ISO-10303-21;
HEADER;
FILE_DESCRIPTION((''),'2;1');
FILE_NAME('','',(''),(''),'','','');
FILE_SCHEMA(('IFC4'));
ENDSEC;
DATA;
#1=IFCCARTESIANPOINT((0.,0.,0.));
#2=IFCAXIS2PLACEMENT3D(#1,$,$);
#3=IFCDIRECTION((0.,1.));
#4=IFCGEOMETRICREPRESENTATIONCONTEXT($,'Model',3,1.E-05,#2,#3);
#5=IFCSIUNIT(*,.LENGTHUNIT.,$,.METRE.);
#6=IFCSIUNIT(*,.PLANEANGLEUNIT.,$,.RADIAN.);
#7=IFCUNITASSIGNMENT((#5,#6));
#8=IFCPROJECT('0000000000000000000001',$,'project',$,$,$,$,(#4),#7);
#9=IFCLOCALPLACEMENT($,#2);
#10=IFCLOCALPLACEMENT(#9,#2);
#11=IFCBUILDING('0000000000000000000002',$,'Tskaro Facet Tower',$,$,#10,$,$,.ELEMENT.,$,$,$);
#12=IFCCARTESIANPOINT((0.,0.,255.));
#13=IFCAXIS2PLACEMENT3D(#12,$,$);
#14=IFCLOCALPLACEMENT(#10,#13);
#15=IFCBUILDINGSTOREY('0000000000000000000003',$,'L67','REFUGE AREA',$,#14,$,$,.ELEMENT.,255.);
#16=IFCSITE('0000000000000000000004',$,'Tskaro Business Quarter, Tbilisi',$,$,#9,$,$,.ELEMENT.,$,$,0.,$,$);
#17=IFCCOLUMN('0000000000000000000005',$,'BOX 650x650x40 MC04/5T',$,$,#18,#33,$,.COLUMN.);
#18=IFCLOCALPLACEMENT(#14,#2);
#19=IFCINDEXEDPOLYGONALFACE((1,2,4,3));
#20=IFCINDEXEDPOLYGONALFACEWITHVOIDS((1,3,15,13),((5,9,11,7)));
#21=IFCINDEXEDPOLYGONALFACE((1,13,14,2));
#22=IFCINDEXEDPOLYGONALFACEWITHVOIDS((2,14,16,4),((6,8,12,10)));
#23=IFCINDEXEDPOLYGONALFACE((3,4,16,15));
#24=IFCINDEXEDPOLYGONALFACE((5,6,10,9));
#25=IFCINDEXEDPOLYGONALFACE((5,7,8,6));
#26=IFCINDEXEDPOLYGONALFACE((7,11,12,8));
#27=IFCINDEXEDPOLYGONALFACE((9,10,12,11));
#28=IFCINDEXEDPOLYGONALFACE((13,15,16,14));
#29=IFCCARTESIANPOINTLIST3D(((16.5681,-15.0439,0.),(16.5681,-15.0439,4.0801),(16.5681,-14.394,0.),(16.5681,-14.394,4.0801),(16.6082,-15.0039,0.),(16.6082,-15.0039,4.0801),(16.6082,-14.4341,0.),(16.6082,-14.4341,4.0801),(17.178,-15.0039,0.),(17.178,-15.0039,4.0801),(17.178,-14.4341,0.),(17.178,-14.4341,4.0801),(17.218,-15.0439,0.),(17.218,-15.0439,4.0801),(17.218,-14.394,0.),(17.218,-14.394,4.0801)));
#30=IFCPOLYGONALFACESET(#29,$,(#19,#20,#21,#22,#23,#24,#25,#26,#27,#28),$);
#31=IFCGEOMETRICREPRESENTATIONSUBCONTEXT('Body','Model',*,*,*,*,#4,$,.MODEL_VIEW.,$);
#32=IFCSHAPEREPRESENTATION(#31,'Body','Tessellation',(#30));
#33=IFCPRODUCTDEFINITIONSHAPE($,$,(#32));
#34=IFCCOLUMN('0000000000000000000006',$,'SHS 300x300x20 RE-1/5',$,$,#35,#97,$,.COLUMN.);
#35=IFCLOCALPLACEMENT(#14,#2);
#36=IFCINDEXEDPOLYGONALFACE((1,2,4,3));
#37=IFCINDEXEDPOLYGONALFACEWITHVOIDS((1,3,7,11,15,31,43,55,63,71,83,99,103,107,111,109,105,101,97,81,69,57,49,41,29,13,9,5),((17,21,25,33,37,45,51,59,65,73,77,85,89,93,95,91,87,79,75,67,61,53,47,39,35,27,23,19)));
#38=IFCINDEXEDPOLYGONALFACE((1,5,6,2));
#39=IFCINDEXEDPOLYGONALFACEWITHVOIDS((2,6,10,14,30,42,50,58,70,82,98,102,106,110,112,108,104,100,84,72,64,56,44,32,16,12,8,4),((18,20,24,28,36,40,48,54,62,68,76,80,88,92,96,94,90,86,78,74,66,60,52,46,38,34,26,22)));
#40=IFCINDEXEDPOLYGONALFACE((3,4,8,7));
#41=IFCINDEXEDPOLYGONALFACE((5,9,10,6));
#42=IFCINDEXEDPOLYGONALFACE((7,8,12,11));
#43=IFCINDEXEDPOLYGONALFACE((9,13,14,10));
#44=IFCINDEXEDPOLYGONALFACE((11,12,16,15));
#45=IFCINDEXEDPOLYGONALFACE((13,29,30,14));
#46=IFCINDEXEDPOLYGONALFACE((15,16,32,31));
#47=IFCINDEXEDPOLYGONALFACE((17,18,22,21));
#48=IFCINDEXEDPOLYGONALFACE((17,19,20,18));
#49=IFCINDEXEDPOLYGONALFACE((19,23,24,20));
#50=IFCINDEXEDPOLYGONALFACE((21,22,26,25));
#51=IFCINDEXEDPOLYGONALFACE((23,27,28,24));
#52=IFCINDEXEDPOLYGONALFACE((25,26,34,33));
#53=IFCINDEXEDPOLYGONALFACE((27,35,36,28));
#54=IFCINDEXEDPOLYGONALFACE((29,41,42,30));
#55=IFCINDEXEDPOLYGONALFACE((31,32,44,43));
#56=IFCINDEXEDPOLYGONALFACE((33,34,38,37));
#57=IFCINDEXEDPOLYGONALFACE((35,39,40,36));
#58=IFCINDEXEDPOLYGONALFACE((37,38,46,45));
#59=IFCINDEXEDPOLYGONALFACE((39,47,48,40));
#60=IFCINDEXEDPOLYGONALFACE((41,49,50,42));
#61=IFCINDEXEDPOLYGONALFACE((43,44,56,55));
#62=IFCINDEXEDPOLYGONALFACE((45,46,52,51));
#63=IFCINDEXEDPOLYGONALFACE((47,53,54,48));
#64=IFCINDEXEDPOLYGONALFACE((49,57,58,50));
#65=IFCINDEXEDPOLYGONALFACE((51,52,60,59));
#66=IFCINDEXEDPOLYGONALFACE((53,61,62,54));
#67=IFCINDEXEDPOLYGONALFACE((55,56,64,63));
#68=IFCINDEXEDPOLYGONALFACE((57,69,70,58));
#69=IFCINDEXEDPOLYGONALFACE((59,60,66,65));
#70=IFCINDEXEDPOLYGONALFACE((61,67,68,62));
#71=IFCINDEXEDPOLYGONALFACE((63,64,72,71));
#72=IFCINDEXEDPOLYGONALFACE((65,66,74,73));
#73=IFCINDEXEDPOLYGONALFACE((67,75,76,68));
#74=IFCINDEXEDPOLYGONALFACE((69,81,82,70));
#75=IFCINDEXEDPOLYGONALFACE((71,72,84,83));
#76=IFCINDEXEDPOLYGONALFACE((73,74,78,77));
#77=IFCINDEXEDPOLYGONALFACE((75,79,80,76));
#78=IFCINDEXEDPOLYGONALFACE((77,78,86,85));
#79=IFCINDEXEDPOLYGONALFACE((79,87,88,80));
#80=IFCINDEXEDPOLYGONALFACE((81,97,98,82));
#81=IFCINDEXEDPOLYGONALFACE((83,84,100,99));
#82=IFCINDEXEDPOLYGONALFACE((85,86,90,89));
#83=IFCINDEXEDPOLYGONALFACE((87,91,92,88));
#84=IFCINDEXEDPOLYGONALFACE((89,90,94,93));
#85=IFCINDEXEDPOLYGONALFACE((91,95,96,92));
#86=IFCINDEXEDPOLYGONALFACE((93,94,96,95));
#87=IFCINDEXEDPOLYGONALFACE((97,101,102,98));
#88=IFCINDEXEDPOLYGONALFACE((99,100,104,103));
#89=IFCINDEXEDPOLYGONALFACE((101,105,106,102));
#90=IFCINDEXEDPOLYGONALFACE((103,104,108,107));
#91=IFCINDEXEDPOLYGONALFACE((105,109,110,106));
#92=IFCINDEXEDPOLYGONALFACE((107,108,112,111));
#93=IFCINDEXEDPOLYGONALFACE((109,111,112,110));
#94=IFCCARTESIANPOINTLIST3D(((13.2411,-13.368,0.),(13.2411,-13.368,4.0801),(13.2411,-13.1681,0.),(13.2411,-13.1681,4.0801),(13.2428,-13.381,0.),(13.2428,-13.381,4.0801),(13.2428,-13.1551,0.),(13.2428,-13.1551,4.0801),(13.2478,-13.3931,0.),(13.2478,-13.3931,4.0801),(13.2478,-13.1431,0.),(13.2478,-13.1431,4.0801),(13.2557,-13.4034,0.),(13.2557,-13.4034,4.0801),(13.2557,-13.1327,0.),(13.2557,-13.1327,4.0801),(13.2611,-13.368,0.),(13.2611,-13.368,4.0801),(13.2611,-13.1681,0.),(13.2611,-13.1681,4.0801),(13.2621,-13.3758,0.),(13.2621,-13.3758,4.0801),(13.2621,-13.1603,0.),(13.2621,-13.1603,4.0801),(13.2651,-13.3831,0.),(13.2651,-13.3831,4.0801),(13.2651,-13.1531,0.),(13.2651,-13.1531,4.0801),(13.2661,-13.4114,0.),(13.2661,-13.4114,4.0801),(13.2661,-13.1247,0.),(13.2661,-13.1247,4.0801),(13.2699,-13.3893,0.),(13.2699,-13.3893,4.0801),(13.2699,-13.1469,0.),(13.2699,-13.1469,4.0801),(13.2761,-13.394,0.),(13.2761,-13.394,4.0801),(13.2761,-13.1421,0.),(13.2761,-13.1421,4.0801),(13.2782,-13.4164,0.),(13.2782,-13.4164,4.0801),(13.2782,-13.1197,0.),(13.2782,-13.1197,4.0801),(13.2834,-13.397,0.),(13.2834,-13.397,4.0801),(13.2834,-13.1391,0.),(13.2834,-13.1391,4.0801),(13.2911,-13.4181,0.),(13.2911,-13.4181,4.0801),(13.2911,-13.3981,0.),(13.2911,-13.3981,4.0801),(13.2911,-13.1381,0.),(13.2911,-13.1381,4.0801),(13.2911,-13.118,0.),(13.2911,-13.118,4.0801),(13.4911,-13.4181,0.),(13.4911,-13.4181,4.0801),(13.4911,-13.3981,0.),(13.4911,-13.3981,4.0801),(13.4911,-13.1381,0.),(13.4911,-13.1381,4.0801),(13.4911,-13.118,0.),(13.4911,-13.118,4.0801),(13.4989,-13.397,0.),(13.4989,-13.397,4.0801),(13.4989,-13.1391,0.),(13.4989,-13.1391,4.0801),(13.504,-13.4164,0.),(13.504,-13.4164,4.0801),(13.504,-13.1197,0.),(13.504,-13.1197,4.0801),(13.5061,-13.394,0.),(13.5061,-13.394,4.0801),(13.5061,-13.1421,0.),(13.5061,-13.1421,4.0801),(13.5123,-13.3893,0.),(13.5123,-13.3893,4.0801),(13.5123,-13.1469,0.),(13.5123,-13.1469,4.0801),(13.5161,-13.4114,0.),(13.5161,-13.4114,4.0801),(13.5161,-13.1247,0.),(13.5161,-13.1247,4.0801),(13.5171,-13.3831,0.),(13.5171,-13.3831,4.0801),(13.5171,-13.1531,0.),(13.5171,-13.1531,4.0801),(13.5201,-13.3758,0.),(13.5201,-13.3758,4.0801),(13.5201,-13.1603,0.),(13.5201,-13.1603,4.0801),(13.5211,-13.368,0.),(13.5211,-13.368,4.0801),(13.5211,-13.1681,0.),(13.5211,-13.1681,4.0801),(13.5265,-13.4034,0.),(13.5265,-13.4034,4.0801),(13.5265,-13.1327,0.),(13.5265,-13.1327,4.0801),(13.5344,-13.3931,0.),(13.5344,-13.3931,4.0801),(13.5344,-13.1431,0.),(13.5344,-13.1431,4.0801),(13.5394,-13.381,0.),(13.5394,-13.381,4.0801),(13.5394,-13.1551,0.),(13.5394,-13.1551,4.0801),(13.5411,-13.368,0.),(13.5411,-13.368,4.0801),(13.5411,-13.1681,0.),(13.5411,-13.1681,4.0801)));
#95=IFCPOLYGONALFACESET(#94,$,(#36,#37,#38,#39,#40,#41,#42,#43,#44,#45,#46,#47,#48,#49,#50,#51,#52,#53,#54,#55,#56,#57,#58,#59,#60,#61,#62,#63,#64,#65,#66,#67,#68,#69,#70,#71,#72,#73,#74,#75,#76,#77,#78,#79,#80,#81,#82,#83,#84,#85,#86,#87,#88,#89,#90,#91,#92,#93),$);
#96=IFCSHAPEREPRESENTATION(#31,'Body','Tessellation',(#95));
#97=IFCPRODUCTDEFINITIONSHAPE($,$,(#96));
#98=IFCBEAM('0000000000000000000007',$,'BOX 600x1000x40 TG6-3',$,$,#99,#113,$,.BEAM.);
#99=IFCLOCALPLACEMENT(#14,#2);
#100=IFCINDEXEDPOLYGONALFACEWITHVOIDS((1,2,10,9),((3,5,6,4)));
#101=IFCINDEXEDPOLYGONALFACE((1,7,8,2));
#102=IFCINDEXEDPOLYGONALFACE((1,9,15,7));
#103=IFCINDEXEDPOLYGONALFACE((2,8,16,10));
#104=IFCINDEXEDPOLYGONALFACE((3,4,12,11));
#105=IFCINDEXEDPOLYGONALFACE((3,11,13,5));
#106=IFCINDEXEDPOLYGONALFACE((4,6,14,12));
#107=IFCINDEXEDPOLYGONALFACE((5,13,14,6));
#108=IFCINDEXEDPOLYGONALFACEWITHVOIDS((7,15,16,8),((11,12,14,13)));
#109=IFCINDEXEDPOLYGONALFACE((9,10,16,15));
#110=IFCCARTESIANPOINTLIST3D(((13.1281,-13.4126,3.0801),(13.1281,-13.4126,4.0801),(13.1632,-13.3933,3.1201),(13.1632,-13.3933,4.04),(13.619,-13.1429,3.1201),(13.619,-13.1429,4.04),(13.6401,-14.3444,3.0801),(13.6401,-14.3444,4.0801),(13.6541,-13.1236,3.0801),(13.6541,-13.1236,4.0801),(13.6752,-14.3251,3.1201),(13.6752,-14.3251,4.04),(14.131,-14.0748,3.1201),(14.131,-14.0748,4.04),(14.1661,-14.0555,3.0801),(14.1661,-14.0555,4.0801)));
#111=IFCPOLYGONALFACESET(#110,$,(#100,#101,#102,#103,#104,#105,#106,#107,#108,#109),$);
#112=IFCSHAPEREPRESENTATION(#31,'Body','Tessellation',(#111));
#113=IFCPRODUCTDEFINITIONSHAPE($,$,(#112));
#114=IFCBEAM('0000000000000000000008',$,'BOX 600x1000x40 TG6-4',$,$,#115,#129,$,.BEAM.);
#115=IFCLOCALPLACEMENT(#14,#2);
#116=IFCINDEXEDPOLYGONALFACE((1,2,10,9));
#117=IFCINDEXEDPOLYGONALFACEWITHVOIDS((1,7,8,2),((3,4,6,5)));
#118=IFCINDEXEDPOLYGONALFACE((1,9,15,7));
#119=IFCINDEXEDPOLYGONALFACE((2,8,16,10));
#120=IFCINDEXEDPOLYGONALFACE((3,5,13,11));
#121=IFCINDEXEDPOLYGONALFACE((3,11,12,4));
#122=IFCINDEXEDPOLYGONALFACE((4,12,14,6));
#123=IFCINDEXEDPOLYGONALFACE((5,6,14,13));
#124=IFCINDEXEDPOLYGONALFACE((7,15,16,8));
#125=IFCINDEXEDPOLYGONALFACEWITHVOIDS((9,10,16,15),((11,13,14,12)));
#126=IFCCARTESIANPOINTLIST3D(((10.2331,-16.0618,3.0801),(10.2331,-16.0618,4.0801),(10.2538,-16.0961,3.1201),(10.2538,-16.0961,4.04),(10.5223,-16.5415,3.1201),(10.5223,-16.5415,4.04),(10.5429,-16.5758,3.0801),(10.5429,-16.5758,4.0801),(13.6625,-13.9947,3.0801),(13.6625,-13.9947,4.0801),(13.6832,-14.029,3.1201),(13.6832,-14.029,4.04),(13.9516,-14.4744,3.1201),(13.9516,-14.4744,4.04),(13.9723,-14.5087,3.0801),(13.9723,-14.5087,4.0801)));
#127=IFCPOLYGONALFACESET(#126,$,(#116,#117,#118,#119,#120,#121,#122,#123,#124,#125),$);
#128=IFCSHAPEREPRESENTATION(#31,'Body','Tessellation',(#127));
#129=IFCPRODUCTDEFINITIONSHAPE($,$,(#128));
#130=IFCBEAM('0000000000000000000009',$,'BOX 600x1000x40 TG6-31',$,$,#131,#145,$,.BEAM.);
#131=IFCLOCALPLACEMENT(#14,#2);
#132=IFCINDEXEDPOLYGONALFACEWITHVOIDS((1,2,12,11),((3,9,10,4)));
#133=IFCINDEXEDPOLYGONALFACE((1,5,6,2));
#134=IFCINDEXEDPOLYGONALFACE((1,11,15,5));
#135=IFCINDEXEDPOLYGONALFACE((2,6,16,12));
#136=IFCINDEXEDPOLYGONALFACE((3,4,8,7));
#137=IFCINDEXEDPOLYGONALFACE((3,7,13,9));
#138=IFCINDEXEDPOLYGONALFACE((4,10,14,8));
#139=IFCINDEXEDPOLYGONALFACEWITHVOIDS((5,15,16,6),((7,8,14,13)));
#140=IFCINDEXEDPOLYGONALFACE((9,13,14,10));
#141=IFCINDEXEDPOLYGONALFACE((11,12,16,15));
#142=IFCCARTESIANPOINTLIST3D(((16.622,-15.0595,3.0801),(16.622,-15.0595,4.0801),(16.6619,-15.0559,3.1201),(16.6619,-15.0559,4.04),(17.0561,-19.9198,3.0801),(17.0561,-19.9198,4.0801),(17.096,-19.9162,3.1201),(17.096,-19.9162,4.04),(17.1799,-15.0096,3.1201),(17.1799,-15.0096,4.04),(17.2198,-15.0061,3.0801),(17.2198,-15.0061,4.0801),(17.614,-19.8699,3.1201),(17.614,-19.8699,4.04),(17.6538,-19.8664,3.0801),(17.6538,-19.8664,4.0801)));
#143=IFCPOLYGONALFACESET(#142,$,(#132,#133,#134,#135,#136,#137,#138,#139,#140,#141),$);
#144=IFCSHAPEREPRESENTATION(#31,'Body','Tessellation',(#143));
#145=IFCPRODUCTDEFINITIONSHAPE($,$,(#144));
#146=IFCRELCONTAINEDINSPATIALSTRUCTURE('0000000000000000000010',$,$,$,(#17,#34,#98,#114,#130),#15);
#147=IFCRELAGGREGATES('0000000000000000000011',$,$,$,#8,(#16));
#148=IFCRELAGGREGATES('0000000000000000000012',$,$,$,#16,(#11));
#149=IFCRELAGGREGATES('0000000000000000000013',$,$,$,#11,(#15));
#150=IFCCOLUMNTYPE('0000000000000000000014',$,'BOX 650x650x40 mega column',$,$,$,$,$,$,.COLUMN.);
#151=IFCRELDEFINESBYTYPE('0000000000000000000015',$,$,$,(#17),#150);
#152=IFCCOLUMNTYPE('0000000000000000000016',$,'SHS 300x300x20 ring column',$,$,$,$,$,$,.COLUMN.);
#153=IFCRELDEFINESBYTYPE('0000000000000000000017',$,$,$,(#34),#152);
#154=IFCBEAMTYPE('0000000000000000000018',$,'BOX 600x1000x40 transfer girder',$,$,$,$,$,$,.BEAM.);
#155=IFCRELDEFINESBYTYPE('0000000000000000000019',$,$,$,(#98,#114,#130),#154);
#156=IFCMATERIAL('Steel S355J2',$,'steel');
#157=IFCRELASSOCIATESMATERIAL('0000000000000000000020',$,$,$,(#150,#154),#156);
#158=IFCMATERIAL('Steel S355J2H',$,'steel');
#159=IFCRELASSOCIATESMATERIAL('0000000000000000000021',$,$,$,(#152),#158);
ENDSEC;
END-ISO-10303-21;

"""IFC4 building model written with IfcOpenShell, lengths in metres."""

from ifc_helpers import new_model, si_unit, direction, frame, origin, origin_2d, place, context, subcontext, project, spatial, hollow_rectangle, extrude, material, material_profile, profile_set, type_object, element, save


model = new_model("IFC4")

# Units and contexts
model_context = context("Model", 3, precision=1e-05, world=origin(), true_north=direction((0.0, 1.0)))
body_context = subcontext(model_context, "Body", "Model", "MODEL_VIEW")
ifc_project = project(units=[si_unit("LENGTHUNIT", "METRE"), si_unit("PLANEANGLEUNIT", "RADIAN")], contexts=[model_context])

# Site, building, storey
site_placement = place(None, origin())
site = spatial("IfcSite", under=ifc_project, at=site_placement, Name="Tskaro Business Quarter, Tbilisi", CompositionType="ELEMENT", RefElevation=0.0)
building_placement = place(site_placement, origin())
building = spatial("IfcBuilding", under=site, at=building_placement, Name="Tskaro Facet Tower", CompositionType="ELEMENT")
storey_placement = place(building_placement, frame((0.0, 0.0, 255.0)))
storey = spatial("IfcBuildingStorey", under=building, at=storey_placement, Name="L67", Description="REFUGE AREA", CompositionType="ELEMENT", Elevation=255.0)

# Columns
ifc_material_1 = material(Name="Steel S355J2", Category="steel")
ifc_material_profile_1 = material_profile(ifc_material_1, hollow_rectangle(XDim=0.6499, YDim=0.6499, WallThickness=0.04, at=origin_2d()), Name="BOX 650x650x40")
ifc_profile_set_1 = profile_set([ifc_material_profile_1], Name="Steel S355J2")
column_type_1 = type_object("IfcColumnType", Name="BOX 650x650x40 mega column", PredefinedType="COLUMN", material=ifc_profile_set_1)
column_1_placement = place(storey_placement, frame((16.8931, -14.719, 0.0), z_axis=(0.0, 0.0, 1.0), x_axis=(1.0, 0.0, 0.0)))
element("IfcColumn", 1, at=column_1_placement, inside=storey, type_object=column_type_1, Name="BOX 650x650x40 MC04/5T", PredefinedType="COLUMN", context=body_context, shape_type="SweptSolid", body=[
    extrude(hollow_rectangle(XDim=0.6499, YDim=0.6499, WallThickness=0.04, at=origin_2d()), origin(), (0.0, 0.0, 1.0), 4.0801),
])
ifc_material_2 = material(Name="Steel S355J2H", Category="steel")
ifc_material_profile_2 = material_profile(ifc_material_2, hollow_rectangle(XDim=0.3, YDim=0.3, WallThickness=0.02, InnerFilletRadius=0.03, OuterFilletRadius=0.05, at=origin_2d()), Name="SHS 300x300x20")
ifc_profile_set_2 = profile_set([ifc_material_profile_2], Name="Steel S355J2H")
column_type_2 = type_object("IfcColumnType", Name="SHS 300x300x20 ring column", PredefinedType="COLUMN", material=ifc_profile_set_2)
column_2_placement = place(storey_placement, frame((13.3911, -13.2681, 0.0), z_axis=(0.0, 0.0, 1.0), x_axis=(1.0, 0.0, 0.0)))
element("IfcColumn", 2, at=column_2_placement, inside=storey, type_object=column_type_2, Name="SHS 300x300x20 RE-1/5", PredefinedType="COLUMN", context=body_context, shape_type="SweptSolid", body=[
    extrude(hollow_rectangle(XDim=0.3, YDim=0.3, WallThickness=0.02, InnerFilletRadius=0.03, OuterFilletRadius=0.05, at=origin_2d()), origin(), (0.0, 0.0, 1.0), 4.0801),
])

# Beams
ifc_material_profile_3 = material_profile(ifc_material_1, hollow_rectangle(XDim=0.6001, YDim=1.0, WallThickness=0.04, at=origin_2d()), Name="BOX 600x1000x40")
ifc_profile_set_3 = profile_set([ifc_material_profile_3], Name="Steel S355J2")
beam_type_1 = type_object("IfcBeamType", Name="BOX 600x1000x40 transfer girder", PredefinedType="BEAM", material=ifc_profile_set_3)
beam_1_placement = place(storey_placement, frame((13.9031, -14.2, 3.5801), z_axis=(-0.481504, 0.876444, 0.0), x_axis=(-0.876444, -0.481504, 0.0)))
element("IfcBeam", 3, at=beam_1_placement, inside=storey, type_object=beam_type_1, Name="BOX 600x1000x40 TG6-3", PredefinedType="BEAM", context=body_context, shape_type="SweptSolid", body=[
    extrude(hollow_rectangle(XDim=0.6001, YDim=1.0, WallThickness=0.04, at=origin_2d()), origin(), (0.0, 0.0, 1.0), 1.0632),
])
beam_2_placement = place(storey_placement, frame((13.8174, -14.2517, 3.5801), z_axis=(-0.856447, -0.516234, 0.0), x_axis=(0.516234, -0.856447, 0.0)))
element("IfcBeam", 4, at=beam_2_placement, inside=storey, type_object=beam_type_1, Name="BOX 600x1000x40 TG6-4", PredefinedType="BEAM", context=body_context, shape_type="SweptSolid", body=[
    extrude(hollow_rectangle(XDim=0.6001, YDim=1.0, WallThickness=0.04, at=origin_2d()), origin(), (0.0, 0.0, 1.0), 4.0042),
])
beam_3_placement = place(storey_placement, frame((17.355, -19.8931, 3.5801), z_axis=(-0.088957, 0.996035, 0.0), x_axis=(-0.996035, -0.088957, 0.0)))
element("IfcBeam", 5, at=beam_3_placement, inside=storey, type_object=beam_type_1, Name="BOX 600x1000x40 TG6-31", PredefinedType="BEAM", context=body_context, shape_type="SweptSolid", body=[
    extrude(hollow_rectangle(XDim=0.6001, YDim=1.0, WallThickness=0.04, at=origin_2d()), origin(), (0.0, 0.0, 1.0), 4.8796),
])

save(model, "model.ifc")
